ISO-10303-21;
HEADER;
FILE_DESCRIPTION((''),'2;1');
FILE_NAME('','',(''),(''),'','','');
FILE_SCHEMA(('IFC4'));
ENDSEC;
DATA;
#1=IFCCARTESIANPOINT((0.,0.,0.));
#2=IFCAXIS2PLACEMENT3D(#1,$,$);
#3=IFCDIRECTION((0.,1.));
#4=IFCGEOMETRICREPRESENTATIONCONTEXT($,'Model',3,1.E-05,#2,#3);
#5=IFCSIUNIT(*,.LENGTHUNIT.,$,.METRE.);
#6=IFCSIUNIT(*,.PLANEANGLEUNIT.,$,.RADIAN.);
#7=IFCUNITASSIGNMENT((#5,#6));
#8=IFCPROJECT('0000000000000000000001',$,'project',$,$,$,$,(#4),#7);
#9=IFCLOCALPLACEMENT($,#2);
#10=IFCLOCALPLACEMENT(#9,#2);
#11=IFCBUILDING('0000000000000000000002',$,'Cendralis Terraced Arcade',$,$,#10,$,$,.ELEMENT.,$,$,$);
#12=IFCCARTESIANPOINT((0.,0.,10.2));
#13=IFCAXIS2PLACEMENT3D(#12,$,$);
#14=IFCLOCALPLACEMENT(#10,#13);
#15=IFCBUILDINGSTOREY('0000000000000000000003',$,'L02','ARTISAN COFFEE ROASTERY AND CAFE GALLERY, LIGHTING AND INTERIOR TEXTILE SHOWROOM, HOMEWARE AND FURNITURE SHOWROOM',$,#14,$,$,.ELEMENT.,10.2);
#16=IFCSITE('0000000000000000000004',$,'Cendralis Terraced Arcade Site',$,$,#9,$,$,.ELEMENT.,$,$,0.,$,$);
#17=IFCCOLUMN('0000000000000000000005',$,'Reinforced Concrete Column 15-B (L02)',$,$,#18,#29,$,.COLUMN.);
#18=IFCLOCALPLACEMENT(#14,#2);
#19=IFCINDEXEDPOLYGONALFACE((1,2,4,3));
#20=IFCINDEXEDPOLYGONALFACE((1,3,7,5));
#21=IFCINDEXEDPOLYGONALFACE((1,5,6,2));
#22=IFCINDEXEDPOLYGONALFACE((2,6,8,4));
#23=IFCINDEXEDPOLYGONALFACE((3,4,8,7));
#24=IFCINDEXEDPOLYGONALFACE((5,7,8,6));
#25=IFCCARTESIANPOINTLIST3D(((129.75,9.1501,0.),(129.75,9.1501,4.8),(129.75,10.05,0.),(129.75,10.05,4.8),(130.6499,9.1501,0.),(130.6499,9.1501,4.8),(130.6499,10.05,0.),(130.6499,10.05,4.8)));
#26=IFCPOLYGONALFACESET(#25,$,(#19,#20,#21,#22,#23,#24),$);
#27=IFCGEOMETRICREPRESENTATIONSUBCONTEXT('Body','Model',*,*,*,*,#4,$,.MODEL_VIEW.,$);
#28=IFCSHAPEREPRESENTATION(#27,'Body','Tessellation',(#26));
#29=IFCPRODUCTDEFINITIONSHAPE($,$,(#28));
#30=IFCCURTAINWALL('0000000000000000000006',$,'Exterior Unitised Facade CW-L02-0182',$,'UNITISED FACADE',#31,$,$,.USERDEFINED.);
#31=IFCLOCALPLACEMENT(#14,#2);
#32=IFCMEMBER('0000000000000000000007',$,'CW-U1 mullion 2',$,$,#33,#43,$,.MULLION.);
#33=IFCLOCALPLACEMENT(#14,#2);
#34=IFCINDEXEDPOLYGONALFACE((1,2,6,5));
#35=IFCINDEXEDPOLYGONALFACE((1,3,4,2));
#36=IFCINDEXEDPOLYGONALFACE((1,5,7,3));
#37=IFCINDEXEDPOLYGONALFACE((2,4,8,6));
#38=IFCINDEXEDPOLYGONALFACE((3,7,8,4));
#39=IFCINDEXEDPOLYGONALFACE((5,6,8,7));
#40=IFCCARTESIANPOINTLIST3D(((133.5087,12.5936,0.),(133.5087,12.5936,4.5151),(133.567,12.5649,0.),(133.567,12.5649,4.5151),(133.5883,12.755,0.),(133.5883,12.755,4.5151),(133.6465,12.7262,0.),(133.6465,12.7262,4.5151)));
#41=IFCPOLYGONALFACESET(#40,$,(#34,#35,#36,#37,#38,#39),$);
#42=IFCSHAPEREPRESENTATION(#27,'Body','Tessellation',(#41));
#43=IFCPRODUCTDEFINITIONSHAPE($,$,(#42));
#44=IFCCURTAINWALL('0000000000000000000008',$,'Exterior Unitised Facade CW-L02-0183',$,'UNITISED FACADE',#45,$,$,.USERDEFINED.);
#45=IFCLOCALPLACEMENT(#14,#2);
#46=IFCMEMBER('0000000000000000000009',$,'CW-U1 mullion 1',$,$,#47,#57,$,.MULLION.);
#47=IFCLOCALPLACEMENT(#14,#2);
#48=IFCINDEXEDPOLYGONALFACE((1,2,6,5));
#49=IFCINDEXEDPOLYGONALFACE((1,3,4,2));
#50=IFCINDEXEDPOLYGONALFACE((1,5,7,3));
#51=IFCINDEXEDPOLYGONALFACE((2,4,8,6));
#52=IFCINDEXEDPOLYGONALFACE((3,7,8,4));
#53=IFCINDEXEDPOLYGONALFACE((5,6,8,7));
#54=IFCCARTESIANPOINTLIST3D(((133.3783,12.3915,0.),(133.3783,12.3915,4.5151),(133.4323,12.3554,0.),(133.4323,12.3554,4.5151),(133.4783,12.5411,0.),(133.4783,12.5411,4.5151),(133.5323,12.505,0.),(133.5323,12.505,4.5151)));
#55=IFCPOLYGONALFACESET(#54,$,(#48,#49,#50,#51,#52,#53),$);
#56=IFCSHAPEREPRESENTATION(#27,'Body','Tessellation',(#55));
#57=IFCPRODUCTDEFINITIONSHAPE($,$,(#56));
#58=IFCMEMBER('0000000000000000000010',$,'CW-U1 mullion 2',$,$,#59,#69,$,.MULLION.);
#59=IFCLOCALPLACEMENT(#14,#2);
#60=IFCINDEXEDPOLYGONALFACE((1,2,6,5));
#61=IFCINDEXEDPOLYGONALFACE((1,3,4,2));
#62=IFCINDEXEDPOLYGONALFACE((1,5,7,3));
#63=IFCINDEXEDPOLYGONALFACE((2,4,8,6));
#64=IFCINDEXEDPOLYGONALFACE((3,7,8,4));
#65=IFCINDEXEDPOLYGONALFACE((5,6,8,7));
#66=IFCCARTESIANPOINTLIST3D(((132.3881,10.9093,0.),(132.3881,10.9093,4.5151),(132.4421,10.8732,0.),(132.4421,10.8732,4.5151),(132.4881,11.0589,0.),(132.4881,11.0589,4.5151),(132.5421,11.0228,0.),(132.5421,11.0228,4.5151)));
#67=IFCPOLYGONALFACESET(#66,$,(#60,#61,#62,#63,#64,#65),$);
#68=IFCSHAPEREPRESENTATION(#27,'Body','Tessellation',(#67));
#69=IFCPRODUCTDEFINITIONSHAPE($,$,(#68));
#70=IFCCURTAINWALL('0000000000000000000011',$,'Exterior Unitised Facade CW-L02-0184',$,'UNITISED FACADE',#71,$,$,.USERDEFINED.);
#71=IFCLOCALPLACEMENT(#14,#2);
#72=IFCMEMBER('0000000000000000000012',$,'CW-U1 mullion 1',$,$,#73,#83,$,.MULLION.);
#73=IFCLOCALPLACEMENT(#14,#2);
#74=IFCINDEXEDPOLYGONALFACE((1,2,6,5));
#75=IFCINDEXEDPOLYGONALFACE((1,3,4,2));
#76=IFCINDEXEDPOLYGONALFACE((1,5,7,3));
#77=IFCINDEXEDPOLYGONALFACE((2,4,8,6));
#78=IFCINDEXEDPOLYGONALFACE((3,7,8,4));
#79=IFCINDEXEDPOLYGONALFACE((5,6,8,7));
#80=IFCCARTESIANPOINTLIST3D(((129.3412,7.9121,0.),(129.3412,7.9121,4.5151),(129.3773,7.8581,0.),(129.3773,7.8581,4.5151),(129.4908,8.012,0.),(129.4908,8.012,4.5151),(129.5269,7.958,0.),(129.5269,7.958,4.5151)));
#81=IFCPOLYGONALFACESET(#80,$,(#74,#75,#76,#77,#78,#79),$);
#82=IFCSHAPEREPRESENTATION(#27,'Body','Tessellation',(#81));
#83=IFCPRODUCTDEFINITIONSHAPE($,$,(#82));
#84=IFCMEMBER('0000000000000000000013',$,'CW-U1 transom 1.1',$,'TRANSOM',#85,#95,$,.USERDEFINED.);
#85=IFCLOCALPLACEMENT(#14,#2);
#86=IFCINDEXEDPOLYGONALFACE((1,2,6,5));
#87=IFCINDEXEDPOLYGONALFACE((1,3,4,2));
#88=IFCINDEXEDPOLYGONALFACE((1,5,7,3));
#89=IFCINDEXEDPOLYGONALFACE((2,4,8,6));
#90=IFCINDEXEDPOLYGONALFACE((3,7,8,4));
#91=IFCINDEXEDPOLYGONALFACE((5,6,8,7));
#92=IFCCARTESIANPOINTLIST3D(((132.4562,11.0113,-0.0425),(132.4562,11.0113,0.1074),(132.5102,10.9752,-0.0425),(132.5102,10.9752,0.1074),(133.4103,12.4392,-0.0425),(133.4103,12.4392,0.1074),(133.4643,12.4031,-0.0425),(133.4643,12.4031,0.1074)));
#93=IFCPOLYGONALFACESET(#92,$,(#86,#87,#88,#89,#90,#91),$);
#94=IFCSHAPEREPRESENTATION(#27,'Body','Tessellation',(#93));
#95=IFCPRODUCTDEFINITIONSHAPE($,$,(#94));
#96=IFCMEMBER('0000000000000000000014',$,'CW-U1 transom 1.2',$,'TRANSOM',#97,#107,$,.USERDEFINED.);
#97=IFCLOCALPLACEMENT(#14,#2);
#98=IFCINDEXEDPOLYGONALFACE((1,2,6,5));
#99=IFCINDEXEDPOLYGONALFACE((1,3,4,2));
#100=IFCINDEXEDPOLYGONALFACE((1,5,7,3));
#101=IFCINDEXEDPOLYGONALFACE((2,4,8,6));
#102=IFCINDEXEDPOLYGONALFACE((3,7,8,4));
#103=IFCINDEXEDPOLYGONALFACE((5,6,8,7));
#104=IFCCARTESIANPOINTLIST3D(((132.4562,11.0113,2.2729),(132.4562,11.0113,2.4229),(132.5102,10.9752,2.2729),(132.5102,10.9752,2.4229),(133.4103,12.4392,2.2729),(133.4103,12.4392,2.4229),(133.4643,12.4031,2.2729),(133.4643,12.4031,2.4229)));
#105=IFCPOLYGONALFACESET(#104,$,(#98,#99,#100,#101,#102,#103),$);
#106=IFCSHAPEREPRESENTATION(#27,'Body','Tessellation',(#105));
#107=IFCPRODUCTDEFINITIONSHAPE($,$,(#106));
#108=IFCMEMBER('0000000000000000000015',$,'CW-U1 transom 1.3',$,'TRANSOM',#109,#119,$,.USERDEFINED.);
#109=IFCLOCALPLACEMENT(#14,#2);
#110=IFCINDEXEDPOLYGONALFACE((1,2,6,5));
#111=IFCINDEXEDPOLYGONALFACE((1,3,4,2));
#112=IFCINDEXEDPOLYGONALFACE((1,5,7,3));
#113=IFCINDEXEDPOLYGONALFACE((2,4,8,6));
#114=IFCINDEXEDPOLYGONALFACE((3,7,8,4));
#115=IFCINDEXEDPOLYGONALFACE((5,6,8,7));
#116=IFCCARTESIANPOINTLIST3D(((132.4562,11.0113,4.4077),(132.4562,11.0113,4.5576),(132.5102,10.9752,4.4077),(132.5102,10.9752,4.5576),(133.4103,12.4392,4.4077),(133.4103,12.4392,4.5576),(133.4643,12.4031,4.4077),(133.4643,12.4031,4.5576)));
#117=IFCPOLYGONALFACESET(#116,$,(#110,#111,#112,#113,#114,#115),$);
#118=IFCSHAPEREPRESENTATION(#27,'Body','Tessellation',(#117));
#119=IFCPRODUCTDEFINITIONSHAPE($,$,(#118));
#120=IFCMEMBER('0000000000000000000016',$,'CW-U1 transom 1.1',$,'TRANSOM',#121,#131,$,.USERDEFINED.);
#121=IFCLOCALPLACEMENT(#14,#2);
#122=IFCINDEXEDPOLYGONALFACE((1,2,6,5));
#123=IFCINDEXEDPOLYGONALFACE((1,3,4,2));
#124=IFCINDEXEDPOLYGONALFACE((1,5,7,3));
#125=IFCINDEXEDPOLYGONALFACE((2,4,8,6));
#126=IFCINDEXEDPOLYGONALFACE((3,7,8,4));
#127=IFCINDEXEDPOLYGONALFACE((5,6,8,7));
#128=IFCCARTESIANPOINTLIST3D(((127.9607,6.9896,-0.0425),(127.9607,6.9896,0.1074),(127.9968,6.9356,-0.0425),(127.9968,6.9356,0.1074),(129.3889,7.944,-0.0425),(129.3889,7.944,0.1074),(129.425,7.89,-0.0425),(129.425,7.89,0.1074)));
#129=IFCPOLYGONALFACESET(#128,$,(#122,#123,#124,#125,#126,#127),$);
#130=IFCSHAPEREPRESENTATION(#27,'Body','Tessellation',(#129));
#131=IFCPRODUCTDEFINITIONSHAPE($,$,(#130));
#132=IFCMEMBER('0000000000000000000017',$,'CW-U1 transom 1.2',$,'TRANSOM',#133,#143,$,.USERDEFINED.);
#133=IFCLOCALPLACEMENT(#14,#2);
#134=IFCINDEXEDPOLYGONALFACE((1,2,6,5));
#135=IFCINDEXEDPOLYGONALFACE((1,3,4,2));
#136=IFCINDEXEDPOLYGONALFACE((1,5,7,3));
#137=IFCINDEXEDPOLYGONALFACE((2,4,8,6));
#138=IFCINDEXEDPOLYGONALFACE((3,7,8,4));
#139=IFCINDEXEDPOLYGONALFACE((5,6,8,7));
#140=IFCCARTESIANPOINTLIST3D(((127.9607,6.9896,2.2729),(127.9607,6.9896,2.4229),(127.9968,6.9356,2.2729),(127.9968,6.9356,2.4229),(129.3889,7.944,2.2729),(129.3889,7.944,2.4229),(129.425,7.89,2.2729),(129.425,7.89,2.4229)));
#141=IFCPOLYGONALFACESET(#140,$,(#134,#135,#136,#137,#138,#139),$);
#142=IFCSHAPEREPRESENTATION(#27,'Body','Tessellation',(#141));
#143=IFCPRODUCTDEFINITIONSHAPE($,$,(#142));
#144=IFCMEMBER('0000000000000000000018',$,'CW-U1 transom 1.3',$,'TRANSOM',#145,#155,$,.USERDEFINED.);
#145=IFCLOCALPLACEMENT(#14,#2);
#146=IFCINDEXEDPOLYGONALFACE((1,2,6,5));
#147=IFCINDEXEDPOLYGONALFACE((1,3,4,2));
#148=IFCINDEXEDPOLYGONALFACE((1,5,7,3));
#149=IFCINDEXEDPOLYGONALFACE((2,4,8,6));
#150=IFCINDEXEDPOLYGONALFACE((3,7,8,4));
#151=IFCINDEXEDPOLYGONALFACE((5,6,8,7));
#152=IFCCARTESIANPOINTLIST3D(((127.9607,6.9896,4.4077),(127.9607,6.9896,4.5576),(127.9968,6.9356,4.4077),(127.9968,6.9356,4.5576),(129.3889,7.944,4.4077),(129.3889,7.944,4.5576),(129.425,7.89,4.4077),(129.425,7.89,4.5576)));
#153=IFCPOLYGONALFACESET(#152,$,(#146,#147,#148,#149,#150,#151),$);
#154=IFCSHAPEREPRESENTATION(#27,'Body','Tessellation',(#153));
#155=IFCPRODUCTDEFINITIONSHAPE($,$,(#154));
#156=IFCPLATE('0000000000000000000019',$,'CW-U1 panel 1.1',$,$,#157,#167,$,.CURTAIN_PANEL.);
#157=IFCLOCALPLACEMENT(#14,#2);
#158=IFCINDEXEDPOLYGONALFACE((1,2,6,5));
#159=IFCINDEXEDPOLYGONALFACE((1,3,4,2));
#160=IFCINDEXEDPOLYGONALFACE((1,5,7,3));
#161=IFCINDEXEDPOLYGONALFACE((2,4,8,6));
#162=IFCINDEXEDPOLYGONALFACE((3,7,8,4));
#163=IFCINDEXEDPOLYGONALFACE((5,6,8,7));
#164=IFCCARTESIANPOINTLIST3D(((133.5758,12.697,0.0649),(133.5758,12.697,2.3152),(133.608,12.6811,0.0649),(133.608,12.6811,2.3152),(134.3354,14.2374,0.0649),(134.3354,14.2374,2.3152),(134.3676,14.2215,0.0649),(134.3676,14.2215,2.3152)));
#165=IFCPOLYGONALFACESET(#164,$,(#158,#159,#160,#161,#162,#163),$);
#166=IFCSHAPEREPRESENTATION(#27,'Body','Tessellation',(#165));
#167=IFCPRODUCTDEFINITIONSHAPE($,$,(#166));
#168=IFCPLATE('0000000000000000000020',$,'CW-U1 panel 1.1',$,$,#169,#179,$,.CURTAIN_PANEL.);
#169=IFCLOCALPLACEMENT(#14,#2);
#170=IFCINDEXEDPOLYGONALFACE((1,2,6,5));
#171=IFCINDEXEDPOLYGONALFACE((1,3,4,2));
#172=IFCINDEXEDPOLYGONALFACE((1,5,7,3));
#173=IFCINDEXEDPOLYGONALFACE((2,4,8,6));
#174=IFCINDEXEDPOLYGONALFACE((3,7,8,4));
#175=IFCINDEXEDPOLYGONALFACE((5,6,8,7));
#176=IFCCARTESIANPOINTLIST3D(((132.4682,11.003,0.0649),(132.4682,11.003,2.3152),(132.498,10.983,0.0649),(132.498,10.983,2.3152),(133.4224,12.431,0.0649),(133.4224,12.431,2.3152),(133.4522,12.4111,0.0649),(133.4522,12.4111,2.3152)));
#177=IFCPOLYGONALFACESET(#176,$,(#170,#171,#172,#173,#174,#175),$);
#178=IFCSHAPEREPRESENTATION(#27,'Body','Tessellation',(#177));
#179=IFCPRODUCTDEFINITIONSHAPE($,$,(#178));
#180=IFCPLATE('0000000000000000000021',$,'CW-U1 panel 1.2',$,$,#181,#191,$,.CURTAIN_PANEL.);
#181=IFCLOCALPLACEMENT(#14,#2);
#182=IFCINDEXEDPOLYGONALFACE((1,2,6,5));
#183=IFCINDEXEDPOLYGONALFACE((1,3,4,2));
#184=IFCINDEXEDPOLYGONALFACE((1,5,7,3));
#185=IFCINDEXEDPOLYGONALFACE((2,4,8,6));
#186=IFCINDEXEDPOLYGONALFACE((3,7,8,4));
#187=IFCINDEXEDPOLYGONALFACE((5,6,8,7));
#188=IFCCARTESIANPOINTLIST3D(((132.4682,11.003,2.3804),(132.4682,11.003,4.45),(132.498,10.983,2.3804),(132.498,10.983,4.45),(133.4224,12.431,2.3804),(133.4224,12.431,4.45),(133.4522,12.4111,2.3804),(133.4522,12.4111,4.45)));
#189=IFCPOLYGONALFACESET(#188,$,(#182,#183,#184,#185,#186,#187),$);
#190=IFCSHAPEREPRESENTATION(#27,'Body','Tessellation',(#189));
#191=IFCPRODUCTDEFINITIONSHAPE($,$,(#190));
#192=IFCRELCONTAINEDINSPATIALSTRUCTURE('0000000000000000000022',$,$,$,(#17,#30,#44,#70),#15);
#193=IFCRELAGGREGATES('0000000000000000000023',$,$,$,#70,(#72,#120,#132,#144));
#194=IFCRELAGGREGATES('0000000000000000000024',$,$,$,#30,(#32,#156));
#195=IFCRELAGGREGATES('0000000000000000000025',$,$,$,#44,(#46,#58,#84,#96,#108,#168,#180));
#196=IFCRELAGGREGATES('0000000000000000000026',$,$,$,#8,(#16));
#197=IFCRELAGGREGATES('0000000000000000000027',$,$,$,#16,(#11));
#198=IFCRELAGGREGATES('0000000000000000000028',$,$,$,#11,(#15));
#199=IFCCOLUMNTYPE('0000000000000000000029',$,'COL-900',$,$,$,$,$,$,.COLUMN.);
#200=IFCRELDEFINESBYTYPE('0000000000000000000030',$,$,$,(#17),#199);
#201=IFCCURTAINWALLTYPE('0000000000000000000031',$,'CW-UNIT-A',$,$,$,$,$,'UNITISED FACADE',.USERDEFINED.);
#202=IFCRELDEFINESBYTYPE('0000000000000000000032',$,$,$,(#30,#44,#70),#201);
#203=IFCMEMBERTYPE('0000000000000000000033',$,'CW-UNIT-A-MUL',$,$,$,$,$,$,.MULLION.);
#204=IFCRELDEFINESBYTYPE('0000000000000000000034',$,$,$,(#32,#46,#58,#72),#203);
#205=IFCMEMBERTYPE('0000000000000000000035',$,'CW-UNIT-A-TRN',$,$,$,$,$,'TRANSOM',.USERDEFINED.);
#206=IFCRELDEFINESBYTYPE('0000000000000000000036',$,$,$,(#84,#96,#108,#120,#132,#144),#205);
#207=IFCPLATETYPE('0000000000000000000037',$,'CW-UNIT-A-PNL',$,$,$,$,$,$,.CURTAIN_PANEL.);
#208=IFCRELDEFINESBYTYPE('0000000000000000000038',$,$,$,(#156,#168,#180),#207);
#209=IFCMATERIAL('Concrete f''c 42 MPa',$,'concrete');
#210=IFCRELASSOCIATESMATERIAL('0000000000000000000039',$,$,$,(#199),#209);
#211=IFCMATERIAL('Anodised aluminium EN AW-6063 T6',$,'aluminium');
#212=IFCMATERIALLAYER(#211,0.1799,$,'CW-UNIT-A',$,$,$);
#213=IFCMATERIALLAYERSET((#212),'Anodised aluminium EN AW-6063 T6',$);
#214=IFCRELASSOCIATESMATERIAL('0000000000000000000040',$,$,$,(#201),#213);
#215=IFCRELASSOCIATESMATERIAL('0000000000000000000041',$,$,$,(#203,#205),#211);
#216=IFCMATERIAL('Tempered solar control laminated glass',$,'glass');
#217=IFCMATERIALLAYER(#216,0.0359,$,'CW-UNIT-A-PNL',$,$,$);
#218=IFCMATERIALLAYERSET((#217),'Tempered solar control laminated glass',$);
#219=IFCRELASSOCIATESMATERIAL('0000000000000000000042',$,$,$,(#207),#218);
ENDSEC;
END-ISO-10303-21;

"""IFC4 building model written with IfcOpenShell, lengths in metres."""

from ifc_helpers import new_model, si_unit, direction, frame, origin, origin_2d, place, context, subcontext, project, spatial, rectangle, extrude, material, layer, layer_set, material_profile, profile_set, type_object, element, aggregate, save


model = new_model("IFC4")

# Units and contexts
model_context = context("Model", 3, precision=1e-05, world=origin(), true_north=direction((0.0, 1.0)))
body_context = subcontext(model_context, "Body", "Model", "MODEL_VIEW")
ifc_project = project(units=[si_unit("LENGTHUNIT", "METRE"), si_unit("PLANEANGLEUNIT", "RADIAN")], contexts=[model_context])

# Site, building, storey
site_placement = place(None, origin())
site = spatial("IfcSite", under=ifc_project, at=site_placement, Name="Cendralis Terraced Arcade Site", CompositionType="ELEMENT", RefElevation=0.0)
building_placement = place(site_placement, origin())
building = spatial("IfcBuilding", under=site, at=building_placement, Name="Cendralis Terraced Arcade", CompositionType="ELEMENT")
storey_placement = place(building_placement, frame((0.0, 0.0, 10.2)))
storey = spatial("IfcBuildingStorey", under=building, at=storey_placement, Name="L02", Description="ARTISAN COFFEE ROASTERY AND CAFE GALLERY, LIGHTING AND INTERIOR TEXTILE SHOWROOM, HOMEWARE AND FURNITURE SHOWROOM", CompositionType="ELEMENT", Elevation=10.2)

# Column
ifc_material_1 = material(Name="Concrete f'c 42 MPa", Category="concrete")
ifc_material_profile_1 = material_profile(ifc_material_1, rectangle(XDim=0.8999, YDim=0.8999, at=origin_2d()), Name="RC-COL-900x900", Category="LoadBearing")
ifc_profile_set_1 = profile_set([ifc_material_profile_1], Name="Concrete f'c 42 MPa")
column_type = type_object("IfcColumnType", Name="COL-900", PredefinedType="COLUMN", material=ifc_profile_set_1)
column_placement = place(storey_placement, frame((130.2, 9.6001, 0.0), z_axis=(0.0, 0.0, 1.0), x_axis=(1.0, 0.0, 0.0)))
element("IfcColumn", 1, at=column_placement, inside=storey, type_object=column_type, Name="Reinforced Concrete Column 15-B (L02)", PredefinedType="COLUMN", context=body_context, shape_type="SweptSolid", body=[
    extrude(rectangle(XDim=0.8999, YDim=0.8999, at=origin_2d()), origin(), (0.0, 0.0, 1.0), 4.8),
])

# Curtain wall, member
ifc_material_2 = material(Name="Anodised aluminium EN AW-6063 T6", Category="aluminium")
ifc_layer_1 = layer(ifc_material_2, 0.1799, Name="CW-UNIT-A")
ifc_layer_set_1 = layer_set([ifc_layer_1], Name="Anodised aluminium EN AW-6063 T6")
curtain_wall_type = type_object("IfcCurtainWallType", Name="CW-UNIT-A", ElementType="UNITISED FACADE", PredefinedType="USERDEFINED", material=ifc_layer_set_1)
curtain_wall_1_placement = place(storey_placement, origin())
curtain_wall_1 = element("IfcCurtainWall", 2, at=curtain_wall_1_placement, inside=storey, type_object=curtain_wall_type, Name="Exterior Unitised Facade CW-L02-0182", ObjectType="UNITISED FACADE", PredefinedType="USERDEFINED")
ifc_material_profile_2 = material_profile(ifc_material_2, rectangle(XDim=0.0649, YDim=0.1799, at=origin_2d()), Name="ALU-MUL-65x180")
ifc_profile_set_2 = profile_set([ifc_material_profile_2], Name="Anodised aluminium EN AW-6063 T6")
member_type_1 = type_object("IfcMemberType", Name="CW-UNIT-A-MUL", PredefinedType="MULLION", material=ifc_profile_set_2)
member_1_placement = place(storey_placement, frame((133.5776, 12.6599, 0.0), z_axis=(0.0, 0.0, 1.0), x_axis=(0.896882, -0.44227, 0.0)))
member_1 = element("IfcMember", 3, at=member_1_placement, type_object=member_type_1, Name="CW-U1 mullion 2", PredefinedType="MULLION", context=body_context, shape_type="SweptSolid", body=[
    extrude(rectangle(XDim=0.0649, YDim=0.1799, at=origin_2d()), origin(), (0.0, 0.0, 1.0), 4.5151),
])

# Curtain wall, members
curtain_wall_2_placement = place(storey_placement, origin())
curtain_wall_2 = element("IfcCurtainWall", 4, at=curtain_wall_2_placement, inside=storey, type_object=curtain_wall_type, Name="Exterior Unitised Facade CW-L02-0183", ObjectType="UNITISED FACADE", PredefinedType="USERDEFINED")
member_2_placement = place(storey_placement, frame((133.4553, 12.4482, 0.0), z_axis=(0.0, 0.0, 1.0), x_axis=(0.831484, -0.555549, 0.0)))
member_2 = element("IfcMember", 5, at=member_2_placement, type_object=member_type_1, Name="CW-U1 mullion 1", PredefinedType="MULLION", context=body_context, shape_type="SweptSolid", body=[
    extrude(rectangle(XDim=0.0649, YDim=0.1799, at=origin_2d()), origin(), (0.0, 0.0, 1.0), 4.5151),
])
member_3_placement = place(storey_placement, frame((132.4651, 10.9661, 0.0), z_axis=(0.0, 0.0, 1.0), x_axis=(0.831484, -0.555549, 0.0)))
member_3 = element("IfcMember", 6, at=member_3_placement, type_object=member_type_1, Name="CW-U1 mullion 2", PredefinedType="MULLION", context=body_context, shape_type="SweptSolid", body=[
    extrude(rectangle(XDim=0.0649, YDim=0.1799, at=origin_2d()), origin(), (0.0, 0.0, 1.0), 4.5151),
])

# Curtain wall, member
curtain_wall_3_placement = place(storey_placement, origin())
curtain_wall_3 = element("IfcCurtainWall", 7, at=curtain_wall_3_placement, inside=storey, type_object=curtain_wall_type, Name="Exterior Unitised Facade CW-L02-0184", ObjectType="UNITISED FACADE", PredefinedType="USERDEFINED")
member_4_placement = place(storey_placement, frame((129.4341, 7.9351, 0.0), z_axis=(0.0, 0.0, 1.0), x_axis=(0.555549, -0.831484, 0.0)))
member_4 = element("IfcMember", 8, at=member_4_placement, type_object=member_type_1, Name="CW-U1 mullion 1", PredefinedType="MULLION", context=body_context, shape_type="SweptSolid", body=[
    extrude(rectangle(XDim=0.0649, YDim=0.1799, at=origin_2d()), origin(), (0.0, 0.0, 1.0), 4.5151),
])

# Members
ifc_material_profile_3 = material_profile(ifc_material_2, rectangle(XDim=0.0649, YDim=0.1499, at=origin_2d()), Name="ALU-TRN-65x150")
ifc_profile_set_3 = profile_set([ifc_material_profile_3], Name="Anodised aluminium EN AW-6063 T6")
member_type_2 = type_object("IfcMemberType", Name="CW-UNIT-A-TRN", ElementType="TRANSOM", PredefinedType="USERDEFINED", material=ifc_profile_set_3)
member_5_placement = place(storey_placement, frame((133.4373, 12.4211, 0.0325), z_axis=(-0.555553, -0.831481, 0.0), x_axis=(0.831481, -0.555553, 0.0)))
member_5 = element("IfcMember", 9, at=member_5_placement, type_object=member_type_2, Name="CW-U1 transom 1.1", ObjectType="TRANSOM", PredefinedType="USERDEFINED", context=body_context, shape_type="SweptSolid", body=[
    extrude(rectangle(XDim=0.0649, YDim=0.1499, at=origin_2d()), origin(), (0.0, 0.0, 1.0), 1.7173),
])
member_6_placement = place(storey_placement, frame((133.4373, 12.4211, 2.3479), z_axis=(-0.555553, -0.831481, 0.0), x_axis=(0.831481, -0.555553, 0.0)))
member_6 = element("IfcMember", 10, at=member_6_placement, type_object=member_type_2, Name="CW-U1 transom 1.2", ObjectType="TRANSOM", PredefinedType="USERDEFINED", context=body_context, shape_type="SweptSolid", body=[
    extrude(rectangle(XDim=0.0649, YDim=0.1499, at=origin_2d()), origin(), (0.0, 0.0, 1.0), 1.7173),
])
member_7_placement = place(storey_placement, frame((133.4373, 12.4211, 4.4827), z_axis=(-0.555553, -0.831481, 0.0), x_axis=(0.831481, -0.555553, 0.0)))
member_7 = element("IfcMember", 11, at=member_7_placement, type_object=member_type_2, Name="CW-U1 transom 1.3", ObjectType="TRANSOM", PredefinedType="USERDEFINED", context=body_context, shape_type="SweptSolid", body=[
    extrude(rectangle(XDim=0.0649, YDim=0.1499, at=origin_2d()), origin(), (0.0, 0.0, 1.0), 1.7173),
])
member_8_placement = place(storey_placement, frame((129.407, 7.917, 0.0325), z_axis=(-0.831459, -0.555585, 0.0), x_axis=(0.555585, -0.831459, 0.0)))
member_8 = element("IfcMember", 12, at=member_8_placement, type_object=member_type_2, Name="CW-U1 transom 1.1", ObjectType="TRANSOM", PredefinedType="USERDEFINED", context=body_context, shape_type="SweptSolid", body=[
    extrude(rectangle(XDim=0.0649, YDim=0.1499, at=origin_2d()), origin(), (0.0, 0.0, 1.0), 1.7178),
])
member_9_placement = place(storey_placement, frame((129.407, 7.917, 2.3479), z_axis=(-0.831459, -0.555585, 0.0), x_axis=(0.555585, -0.831459, 0.0)))
member_9 = element("IfcMember", 13, at=member_9_placement, type_object=member_type_2, Name="CW-U1 transom 1.2", ObjectType="TRANSOM", PredefinedType="USERDEFINED", context=body_context, shape_type="SweptSolid", body=[
    extrude(rectangle(XDim=0.0649, YDim=0.1499, at=origin_2d()), origin(), (0.0, 0.0, 1.0), 1.7178),
])
member_10_placement = place(storey_placement, frame((129.407, 7.917, 4.4827), z_axis=(-0.831459, -0.555585, 0.0), x_axis=(0.555585, -0.831459, 0.0)))
member_10 = element("IfcMember", 14, at=member_10_placement, type_object=member_type_2, Name="CW-U1 transom 1.3", ObjectType="TRANSOM", PredefinedType="USERDEFINED", context=body_context, shape_type="SweptSolid", body=[
    extrude(rectangle(XDim=0.0649, YDim=0.1499, at=origin_2d()), origin(), (0.0, 0.0, 1.0), 1.7178),
])
aggregate(curtain_wall_3, [member_4, member_8, member_9, member_10])

# Plates
ifc_material_3 = material(Name="Tempered solar control laminated glass", Category="glass")
ifc_layer_2 = layer(ifc_material_3, 0.0359, Name="CW-UNIT-A-PNL")
ifc_layer_set_2 = layer_set([ifc_layer_2], Name="Tempered solar control laminated glass")
plate_type = type_object("IfcPlateType", Name="CW-UNIT-A-PNL", PredefinedType="CURTAIN_PANEL", material=ifc_layer_set_2)
plate_1_placement = place(storey_placement, frame((133.9717, 13.4592, 0.0649), z_axis=(0.0, 0.0, 1.0), x_axis=(-0.44227, -0.896882, 0.0)))
plate_1 = element("IfcPlate", 15, at=plate_1_placement, type_object=plate_type, Name="CW-U1 panel 1.1", PredefinedType="CURTAIN_PANEL", context=body_context, shape_type="SweptSolid", body=[
    extrude(rectangle(XDim=1.7175, YDim=0.0359, at=origin_2d()), origin(), (0.0, 0.0, 1.0), 2.2502),
])
aggregate(curtain_wall_1, [member_1, plate_1])
plate_2_placement = place(storey_placement, frame((132.9602, 11.707, 0.0649), z_axis=(0.0, 0.0, 1.0), x_axis=(-0.555549, -0.831484, 0.0)))
plate_2 = element("IfcPlate", 16, at=plate_2_placement, type_object=plate_type, Name="CW-U1 panel 1.1", PredefinedType="CURTAIN_PANEL", context=body_context, shape_type="SweptSolid", body=[
    extrude(rectangle(XDim=1.7175, YDim=0.0359, at=origin_2d()), origin(), (0.0, 0.0, 1.0), 2.2502),
])
plate_3_placement = place(storey_placement, frame((132.9602, 11.707, 2.3804), z_axis=(0.0, 0.0, 1.0), x_axis=(-0.555549, -0.831484, 0.0)))
plate_3 = element("IfcPlate", 17, at=plate_3_placement, type_object=plate_type, Name="CW-U1 panel 1.2", PredefinedType="CURTAIN_PANEL", context=body_context, shape_type="SweptSolid", body=[
    extrude(rectangle(XDim=1.7175, YDim=0.0359, at=origin_2d()), origin(), (0.0, 0.0, 1.0), 2.0696),
])
aggregate(curtain_wall_2, [member_2, member_3, member_5, member_6, member_7, plate_2, plate_3])

save(model, "model.ifc")
